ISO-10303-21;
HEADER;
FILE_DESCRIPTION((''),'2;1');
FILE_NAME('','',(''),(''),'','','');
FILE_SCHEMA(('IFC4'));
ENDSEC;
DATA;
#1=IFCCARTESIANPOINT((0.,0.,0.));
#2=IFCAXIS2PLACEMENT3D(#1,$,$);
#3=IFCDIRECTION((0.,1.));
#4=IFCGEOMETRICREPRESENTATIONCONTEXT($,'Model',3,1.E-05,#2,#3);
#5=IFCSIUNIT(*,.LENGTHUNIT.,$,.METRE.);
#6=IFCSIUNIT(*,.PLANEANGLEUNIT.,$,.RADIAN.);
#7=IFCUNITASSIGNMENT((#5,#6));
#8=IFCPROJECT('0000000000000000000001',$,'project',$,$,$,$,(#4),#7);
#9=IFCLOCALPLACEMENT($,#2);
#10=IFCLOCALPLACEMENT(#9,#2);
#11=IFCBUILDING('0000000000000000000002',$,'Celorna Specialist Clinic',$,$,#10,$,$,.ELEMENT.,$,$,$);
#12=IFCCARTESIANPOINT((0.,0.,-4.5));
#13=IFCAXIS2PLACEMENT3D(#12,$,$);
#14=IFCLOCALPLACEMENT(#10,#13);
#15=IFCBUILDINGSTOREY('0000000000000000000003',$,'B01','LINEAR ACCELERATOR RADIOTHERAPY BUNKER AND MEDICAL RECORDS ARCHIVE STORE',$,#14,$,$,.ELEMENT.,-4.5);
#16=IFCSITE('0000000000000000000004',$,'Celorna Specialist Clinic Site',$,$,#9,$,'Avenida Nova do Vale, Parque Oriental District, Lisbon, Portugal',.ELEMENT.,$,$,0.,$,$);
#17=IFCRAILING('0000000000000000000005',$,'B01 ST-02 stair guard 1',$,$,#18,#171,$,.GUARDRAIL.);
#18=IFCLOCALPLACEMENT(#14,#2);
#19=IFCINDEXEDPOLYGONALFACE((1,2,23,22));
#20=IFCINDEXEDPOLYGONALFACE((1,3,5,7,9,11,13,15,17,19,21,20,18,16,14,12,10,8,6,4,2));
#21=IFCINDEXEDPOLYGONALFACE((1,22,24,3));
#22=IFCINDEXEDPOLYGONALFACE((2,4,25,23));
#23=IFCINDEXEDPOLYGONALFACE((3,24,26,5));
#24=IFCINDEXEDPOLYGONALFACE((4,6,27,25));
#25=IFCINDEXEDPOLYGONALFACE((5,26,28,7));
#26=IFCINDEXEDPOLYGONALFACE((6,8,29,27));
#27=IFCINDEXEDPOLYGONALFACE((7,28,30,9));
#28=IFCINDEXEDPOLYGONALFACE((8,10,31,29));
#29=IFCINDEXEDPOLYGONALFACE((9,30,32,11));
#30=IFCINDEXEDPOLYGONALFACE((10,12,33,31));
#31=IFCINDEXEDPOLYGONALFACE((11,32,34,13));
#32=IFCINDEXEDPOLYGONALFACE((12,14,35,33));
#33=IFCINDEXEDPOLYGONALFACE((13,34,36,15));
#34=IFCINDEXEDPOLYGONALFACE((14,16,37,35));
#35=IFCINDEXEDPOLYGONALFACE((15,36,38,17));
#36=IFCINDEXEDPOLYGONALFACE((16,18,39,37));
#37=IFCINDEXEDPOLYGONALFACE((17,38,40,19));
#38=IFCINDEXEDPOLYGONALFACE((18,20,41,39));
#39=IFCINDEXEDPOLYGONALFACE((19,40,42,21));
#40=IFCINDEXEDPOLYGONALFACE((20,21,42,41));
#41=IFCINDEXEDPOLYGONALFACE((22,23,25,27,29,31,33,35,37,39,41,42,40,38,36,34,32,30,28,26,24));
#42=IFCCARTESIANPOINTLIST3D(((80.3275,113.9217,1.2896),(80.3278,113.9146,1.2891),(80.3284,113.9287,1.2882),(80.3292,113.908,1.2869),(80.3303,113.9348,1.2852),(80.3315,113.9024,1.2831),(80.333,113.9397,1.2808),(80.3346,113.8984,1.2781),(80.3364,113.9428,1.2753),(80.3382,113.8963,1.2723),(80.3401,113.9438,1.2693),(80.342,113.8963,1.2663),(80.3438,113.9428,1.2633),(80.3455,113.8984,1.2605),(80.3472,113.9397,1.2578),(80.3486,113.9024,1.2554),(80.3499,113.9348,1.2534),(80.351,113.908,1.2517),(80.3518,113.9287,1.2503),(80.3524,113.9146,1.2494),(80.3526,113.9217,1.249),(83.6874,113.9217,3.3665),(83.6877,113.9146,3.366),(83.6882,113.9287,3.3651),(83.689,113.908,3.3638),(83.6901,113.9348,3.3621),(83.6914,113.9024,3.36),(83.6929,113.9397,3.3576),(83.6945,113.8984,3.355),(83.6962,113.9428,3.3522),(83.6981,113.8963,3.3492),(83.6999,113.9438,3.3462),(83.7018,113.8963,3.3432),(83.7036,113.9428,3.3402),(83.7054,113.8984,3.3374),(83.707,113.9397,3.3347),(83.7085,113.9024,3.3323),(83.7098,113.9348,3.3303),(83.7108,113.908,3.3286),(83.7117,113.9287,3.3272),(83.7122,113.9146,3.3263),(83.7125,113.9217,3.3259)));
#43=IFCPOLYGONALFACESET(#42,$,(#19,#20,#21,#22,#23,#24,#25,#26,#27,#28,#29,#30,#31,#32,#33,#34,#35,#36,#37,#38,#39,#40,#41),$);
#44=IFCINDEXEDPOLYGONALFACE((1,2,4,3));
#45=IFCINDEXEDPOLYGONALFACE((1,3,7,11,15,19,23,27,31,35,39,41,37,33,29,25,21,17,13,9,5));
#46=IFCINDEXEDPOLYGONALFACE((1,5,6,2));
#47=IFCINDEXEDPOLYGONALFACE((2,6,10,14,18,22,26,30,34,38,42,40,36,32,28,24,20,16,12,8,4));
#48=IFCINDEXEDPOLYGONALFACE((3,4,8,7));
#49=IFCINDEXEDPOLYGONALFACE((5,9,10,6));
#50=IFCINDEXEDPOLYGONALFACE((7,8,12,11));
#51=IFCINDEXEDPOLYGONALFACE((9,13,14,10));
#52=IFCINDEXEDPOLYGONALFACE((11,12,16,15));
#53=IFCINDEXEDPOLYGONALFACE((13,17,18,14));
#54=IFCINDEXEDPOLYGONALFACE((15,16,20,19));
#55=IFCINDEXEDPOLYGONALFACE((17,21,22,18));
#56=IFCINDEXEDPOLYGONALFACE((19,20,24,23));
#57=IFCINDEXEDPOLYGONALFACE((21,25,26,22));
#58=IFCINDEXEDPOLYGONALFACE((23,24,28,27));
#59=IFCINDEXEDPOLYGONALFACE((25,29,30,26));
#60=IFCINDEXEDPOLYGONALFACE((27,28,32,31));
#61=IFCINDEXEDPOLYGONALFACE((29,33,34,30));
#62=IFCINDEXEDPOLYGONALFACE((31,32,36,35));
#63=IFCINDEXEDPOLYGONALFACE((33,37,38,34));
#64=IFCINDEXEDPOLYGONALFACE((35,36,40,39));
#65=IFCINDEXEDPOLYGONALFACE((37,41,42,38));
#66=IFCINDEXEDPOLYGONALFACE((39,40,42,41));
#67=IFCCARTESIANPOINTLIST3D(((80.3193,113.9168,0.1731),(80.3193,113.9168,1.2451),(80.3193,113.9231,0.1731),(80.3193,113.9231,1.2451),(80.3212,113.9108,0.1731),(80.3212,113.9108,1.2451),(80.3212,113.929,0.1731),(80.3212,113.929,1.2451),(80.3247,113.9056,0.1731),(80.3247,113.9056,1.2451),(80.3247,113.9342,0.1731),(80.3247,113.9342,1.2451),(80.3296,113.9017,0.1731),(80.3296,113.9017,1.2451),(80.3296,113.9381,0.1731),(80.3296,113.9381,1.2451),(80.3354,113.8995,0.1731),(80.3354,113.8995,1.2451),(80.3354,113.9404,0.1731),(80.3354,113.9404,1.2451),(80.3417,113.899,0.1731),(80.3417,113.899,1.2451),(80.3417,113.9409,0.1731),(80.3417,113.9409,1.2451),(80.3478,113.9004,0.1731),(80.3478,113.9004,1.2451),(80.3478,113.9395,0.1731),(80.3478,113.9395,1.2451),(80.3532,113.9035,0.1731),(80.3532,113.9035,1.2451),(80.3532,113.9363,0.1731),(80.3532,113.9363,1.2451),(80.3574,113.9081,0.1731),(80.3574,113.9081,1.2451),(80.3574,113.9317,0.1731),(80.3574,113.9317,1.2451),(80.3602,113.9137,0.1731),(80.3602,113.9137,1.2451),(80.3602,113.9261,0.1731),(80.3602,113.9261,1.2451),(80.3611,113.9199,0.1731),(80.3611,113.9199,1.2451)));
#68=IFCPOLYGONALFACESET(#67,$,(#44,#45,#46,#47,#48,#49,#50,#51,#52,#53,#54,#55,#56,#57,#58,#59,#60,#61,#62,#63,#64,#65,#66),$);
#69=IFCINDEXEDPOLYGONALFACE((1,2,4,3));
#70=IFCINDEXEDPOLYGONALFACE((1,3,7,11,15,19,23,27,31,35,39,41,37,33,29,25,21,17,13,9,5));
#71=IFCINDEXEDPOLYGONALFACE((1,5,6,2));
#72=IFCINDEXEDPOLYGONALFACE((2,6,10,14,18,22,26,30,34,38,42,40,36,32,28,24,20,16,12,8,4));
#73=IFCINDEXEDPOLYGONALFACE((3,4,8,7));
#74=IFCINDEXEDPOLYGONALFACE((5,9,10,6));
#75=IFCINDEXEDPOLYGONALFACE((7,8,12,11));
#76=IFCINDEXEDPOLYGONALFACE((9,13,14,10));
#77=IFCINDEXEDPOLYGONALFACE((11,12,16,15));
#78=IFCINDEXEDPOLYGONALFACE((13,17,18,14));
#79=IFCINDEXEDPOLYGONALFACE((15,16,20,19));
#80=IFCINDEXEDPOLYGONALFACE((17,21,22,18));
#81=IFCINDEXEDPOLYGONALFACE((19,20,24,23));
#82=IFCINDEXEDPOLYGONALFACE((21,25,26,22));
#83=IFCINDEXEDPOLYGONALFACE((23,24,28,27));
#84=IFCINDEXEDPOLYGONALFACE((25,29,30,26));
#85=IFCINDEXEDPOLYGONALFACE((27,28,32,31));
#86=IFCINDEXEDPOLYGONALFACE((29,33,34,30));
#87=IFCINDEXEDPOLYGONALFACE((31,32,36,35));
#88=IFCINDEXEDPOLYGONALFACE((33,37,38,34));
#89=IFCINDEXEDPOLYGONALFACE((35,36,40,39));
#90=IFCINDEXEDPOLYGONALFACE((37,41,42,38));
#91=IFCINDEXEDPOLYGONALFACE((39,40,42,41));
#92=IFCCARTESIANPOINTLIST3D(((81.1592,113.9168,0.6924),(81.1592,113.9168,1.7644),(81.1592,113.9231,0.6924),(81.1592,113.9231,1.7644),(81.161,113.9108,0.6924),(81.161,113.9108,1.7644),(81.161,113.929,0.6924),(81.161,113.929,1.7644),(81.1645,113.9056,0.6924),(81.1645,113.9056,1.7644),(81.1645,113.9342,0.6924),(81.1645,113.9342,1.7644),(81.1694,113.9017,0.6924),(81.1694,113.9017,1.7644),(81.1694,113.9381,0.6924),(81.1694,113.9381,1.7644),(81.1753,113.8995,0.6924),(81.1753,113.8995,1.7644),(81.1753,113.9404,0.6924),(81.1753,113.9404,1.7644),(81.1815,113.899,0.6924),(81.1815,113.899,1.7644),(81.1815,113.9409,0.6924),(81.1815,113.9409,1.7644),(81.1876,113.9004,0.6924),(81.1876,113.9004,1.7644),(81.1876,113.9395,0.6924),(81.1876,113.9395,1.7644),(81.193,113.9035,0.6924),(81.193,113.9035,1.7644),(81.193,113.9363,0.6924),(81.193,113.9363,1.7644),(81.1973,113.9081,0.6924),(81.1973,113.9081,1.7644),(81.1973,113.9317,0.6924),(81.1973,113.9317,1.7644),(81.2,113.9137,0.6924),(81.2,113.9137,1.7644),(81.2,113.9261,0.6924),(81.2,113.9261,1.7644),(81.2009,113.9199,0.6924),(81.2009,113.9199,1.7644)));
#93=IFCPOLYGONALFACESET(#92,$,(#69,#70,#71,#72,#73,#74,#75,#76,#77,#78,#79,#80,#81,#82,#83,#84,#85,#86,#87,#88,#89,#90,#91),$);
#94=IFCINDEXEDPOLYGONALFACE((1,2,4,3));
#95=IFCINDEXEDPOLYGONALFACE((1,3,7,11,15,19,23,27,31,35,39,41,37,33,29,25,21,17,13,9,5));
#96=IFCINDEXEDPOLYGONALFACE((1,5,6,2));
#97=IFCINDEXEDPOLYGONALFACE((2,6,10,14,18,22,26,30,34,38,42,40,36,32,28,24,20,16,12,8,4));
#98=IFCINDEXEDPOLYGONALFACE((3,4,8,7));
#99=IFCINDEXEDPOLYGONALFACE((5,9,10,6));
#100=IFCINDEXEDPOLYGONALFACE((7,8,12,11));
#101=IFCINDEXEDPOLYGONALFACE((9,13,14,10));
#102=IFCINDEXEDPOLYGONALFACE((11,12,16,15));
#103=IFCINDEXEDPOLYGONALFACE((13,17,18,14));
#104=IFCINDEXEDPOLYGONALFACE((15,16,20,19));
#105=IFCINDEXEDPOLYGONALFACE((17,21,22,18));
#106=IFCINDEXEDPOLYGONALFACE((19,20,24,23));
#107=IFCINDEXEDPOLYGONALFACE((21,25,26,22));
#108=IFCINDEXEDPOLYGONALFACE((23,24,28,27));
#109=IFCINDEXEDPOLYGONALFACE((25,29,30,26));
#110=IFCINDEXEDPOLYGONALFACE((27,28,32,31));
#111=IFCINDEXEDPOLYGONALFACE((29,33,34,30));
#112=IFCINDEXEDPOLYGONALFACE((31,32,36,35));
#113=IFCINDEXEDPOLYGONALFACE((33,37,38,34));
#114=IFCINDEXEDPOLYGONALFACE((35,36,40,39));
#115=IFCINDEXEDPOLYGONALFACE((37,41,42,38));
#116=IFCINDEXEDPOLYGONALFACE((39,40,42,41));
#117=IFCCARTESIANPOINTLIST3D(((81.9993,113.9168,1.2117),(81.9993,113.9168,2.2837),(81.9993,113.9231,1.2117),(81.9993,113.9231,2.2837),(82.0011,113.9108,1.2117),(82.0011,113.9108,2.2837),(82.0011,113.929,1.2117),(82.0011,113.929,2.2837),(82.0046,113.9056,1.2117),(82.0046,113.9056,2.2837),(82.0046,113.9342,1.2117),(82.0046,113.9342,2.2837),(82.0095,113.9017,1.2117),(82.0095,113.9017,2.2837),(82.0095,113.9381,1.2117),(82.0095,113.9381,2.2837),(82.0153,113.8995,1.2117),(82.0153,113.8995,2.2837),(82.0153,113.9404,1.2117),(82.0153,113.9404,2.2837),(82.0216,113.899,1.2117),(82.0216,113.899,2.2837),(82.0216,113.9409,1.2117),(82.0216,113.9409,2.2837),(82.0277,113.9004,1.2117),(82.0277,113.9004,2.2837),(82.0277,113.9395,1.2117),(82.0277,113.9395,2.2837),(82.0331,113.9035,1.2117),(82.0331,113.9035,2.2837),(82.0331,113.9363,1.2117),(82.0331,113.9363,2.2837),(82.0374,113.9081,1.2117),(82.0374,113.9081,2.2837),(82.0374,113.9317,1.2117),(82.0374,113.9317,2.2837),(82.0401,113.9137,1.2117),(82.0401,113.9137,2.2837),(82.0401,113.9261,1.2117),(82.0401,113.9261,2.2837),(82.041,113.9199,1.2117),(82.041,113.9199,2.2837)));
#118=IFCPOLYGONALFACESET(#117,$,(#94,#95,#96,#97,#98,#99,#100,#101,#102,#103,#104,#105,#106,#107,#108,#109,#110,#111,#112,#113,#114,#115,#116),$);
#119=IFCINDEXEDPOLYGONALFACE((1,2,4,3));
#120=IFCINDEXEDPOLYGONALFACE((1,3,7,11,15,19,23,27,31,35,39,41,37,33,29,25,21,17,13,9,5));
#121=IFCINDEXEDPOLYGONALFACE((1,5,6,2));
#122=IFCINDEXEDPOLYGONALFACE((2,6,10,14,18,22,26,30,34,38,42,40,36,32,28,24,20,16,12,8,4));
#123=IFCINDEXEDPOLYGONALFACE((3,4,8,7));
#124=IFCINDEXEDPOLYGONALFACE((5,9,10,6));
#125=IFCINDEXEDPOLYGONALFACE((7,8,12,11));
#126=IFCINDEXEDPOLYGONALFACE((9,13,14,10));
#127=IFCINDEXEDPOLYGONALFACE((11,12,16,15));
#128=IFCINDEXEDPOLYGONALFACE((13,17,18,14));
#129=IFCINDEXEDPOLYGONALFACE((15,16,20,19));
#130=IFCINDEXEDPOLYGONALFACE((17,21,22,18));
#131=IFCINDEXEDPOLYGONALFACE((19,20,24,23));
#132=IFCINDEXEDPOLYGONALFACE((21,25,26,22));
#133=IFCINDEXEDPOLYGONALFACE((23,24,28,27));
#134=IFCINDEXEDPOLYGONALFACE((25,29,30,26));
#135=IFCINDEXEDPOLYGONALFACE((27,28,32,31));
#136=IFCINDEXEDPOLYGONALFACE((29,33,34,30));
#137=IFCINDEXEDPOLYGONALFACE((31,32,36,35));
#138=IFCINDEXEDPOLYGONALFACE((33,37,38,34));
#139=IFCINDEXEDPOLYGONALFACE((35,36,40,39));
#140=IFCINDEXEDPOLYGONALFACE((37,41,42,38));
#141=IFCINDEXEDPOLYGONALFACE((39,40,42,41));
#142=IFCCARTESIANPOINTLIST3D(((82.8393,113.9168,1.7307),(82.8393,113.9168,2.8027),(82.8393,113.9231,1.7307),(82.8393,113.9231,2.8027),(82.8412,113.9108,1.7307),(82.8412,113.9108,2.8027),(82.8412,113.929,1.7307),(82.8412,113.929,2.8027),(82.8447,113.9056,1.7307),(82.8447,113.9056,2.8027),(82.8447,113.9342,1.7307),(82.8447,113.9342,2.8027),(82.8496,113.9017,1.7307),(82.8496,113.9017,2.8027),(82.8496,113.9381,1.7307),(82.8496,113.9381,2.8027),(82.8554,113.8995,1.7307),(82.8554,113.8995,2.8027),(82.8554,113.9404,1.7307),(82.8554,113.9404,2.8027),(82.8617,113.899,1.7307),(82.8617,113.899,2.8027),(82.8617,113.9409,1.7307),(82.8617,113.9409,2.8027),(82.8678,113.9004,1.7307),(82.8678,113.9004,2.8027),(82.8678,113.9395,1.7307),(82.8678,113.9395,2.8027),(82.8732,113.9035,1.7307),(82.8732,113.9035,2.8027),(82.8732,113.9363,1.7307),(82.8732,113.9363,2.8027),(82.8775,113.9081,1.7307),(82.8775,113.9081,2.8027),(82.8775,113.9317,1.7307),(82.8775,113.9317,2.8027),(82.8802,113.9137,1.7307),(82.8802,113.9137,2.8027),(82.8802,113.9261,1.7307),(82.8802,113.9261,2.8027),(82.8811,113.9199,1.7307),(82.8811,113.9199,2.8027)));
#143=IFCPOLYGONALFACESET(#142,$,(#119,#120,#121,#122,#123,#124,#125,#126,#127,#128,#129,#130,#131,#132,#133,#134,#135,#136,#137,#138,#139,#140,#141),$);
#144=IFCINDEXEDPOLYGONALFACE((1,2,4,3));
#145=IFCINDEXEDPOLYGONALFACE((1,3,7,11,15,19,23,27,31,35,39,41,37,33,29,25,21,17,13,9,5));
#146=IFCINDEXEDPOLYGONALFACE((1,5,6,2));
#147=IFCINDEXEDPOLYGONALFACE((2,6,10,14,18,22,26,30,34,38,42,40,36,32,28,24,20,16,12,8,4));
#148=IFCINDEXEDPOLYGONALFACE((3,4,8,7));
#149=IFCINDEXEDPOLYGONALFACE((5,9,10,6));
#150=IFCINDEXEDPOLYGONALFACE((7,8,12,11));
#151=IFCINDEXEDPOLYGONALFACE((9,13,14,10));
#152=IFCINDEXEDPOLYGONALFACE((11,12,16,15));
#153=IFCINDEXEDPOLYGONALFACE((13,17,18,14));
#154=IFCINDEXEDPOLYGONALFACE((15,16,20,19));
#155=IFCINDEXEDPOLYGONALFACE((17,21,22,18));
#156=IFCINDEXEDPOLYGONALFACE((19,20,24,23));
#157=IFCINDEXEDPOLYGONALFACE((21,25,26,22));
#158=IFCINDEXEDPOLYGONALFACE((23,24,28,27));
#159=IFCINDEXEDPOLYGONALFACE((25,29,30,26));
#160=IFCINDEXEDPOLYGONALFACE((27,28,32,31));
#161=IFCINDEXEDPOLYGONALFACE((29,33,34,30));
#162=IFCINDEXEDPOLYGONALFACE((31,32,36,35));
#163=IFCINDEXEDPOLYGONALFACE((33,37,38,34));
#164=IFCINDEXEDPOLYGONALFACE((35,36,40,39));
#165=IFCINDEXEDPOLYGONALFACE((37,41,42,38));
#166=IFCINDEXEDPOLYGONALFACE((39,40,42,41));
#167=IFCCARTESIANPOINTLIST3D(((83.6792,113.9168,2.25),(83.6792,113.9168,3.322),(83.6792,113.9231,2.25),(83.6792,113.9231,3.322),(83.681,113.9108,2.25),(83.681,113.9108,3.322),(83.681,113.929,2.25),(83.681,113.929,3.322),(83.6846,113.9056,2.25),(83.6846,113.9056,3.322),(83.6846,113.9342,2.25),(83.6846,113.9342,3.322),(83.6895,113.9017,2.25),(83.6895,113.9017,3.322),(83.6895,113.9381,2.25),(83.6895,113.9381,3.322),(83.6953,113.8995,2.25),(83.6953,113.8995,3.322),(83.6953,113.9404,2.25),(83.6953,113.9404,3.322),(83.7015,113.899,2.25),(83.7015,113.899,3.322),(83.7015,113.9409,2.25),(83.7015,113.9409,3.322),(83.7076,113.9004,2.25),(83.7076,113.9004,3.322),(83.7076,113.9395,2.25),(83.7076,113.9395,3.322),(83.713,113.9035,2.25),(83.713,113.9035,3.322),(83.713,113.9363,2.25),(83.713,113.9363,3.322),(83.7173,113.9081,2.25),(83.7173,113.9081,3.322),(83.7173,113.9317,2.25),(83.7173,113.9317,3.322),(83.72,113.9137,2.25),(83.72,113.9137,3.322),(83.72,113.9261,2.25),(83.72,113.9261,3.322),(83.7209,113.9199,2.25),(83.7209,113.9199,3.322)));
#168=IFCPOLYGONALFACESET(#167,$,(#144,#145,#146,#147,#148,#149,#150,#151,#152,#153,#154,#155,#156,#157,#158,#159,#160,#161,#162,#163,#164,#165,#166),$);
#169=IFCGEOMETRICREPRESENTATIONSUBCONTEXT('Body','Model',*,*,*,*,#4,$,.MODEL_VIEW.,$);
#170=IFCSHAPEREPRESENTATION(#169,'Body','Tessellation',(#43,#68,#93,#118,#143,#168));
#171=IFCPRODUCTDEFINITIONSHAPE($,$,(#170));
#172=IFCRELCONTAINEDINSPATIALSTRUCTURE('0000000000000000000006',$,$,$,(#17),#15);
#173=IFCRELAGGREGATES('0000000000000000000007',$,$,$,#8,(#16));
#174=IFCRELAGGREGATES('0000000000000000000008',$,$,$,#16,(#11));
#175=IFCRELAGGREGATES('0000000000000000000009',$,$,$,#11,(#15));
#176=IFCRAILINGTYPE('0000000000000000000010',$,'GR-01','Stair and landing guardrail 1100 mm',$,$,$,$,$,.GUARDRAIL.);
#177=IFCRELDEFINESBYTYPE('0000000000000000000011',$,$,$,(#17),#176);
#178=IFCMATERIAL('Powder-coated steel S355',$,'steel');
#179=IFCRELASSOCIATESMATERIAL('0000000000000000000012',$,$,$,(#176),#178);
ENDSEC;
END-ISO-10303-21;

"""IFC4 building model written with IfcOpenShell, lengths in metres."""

from ifc_helpers import new_model, si_unit, direction, frame, origin, origin_2d, place, context, subcontext, project, spatial, circle, extrude, material, type_object, element, save


model = new_model("IFC4")

# Units and contexts
model_context = context("Model", 3, precision=1e-05, world=origin(), true_north=direction((0.0, 1.0)))
body_context = subcontext(model_context, "Body", "Model", "MODEL_VIEW")
ifc_project = project(units=[si_unit("LENGTHUNIT", "METRE"), si_unit("PLANEANGLEUNIT", "RADIAN")], contexts=[model_context])

# Site, building, storey
site_placement = place(None, origin())
site = spatial("IfcSite", under=ifc_project, at=site_placement, Name="Celorna Specialist Clinic Site", LongName="Avenida Nova do Vale, Parque Oriental District, Lisbon, Portugal", CompositionType="ELEMENT", RefElevation=0.0)
building_placement = place(site_placement, origin())
building = spatial("IfcBuilding", under=site, at=building_placement, Name="Celorna Specialist Clinic", CompositionType="ELEMENT")
storey_placement = place(building_placement, frame((0.0, 0.0, -4.5)))
storey = spatial("IfcBuildingStorey", under=building, at=storey_placement, Name="B01", Description="LINEAR ACCELERATOR RADIOTHERAPY BUNKER AND MEDICAL RECORDS ARCHIVE STORE", CompositionType="ELEMENT", Elevation=-4.5)

# Railing
ifc_material_1 = material(Name="Powder-coated steel S355", Category="steel")
railing_type_1 = type_object("IfcRailingType", Name="GR-01", Description="Stair and landing guardrail 1100 mm", PredefinedType="GUARDRAIL", material=ifc_material_1)
railing_1_placement = place(storey_placement, frame((80.3401, 113.9199, 0.1731)))
element("IfcRailing", 1, at=railing_1_placement, inside=storey, type_object=railing_type_1, Name="B01 ST-02 stair guard 1", PredefinedType="GUARDRAIL", context=body_context, shape_type="SweptSolid", body=[
    extrude(circle(Radius=0.0239, at=origin_2d()), frame((0.0, 0.0, 1.0962), z_axis=(0.850606, 0.0, 0.525803), x_axis=(0.0, 1.0, 0.0)), (0.0, 0.0, 1.0), 3.95),
    extrude(circle(Radius=0.021, at=origin_2d()), origin(), (0.0, 0.0, 1.0), 1.072),
    extrude(circle(Radius=0.021, at=origin_2d()), frame((0.8398, 0.0, 0.5193)), (0.0, 0.0, 1.0), 1.072),
    extrude(circle(Radius=0.021, at=origin_2d()), frame((1.6799, 0.0, 1.0386)), (0.0, 0.0, 1.0), 1.072),
    extrude(circle(Radius=0.021, at=origin_2d()), frame((2.52, 0.0, 1.5576)), (0.0, 0.0, 1.0), 1.072),
    extrude(circle(Radius=0.021, at=origin_2d()), frame((3.3599, 0.0, 2.0769)), (0.0, 0.0, 1.0), 1.072),
])

save(model, "model.ifc")
